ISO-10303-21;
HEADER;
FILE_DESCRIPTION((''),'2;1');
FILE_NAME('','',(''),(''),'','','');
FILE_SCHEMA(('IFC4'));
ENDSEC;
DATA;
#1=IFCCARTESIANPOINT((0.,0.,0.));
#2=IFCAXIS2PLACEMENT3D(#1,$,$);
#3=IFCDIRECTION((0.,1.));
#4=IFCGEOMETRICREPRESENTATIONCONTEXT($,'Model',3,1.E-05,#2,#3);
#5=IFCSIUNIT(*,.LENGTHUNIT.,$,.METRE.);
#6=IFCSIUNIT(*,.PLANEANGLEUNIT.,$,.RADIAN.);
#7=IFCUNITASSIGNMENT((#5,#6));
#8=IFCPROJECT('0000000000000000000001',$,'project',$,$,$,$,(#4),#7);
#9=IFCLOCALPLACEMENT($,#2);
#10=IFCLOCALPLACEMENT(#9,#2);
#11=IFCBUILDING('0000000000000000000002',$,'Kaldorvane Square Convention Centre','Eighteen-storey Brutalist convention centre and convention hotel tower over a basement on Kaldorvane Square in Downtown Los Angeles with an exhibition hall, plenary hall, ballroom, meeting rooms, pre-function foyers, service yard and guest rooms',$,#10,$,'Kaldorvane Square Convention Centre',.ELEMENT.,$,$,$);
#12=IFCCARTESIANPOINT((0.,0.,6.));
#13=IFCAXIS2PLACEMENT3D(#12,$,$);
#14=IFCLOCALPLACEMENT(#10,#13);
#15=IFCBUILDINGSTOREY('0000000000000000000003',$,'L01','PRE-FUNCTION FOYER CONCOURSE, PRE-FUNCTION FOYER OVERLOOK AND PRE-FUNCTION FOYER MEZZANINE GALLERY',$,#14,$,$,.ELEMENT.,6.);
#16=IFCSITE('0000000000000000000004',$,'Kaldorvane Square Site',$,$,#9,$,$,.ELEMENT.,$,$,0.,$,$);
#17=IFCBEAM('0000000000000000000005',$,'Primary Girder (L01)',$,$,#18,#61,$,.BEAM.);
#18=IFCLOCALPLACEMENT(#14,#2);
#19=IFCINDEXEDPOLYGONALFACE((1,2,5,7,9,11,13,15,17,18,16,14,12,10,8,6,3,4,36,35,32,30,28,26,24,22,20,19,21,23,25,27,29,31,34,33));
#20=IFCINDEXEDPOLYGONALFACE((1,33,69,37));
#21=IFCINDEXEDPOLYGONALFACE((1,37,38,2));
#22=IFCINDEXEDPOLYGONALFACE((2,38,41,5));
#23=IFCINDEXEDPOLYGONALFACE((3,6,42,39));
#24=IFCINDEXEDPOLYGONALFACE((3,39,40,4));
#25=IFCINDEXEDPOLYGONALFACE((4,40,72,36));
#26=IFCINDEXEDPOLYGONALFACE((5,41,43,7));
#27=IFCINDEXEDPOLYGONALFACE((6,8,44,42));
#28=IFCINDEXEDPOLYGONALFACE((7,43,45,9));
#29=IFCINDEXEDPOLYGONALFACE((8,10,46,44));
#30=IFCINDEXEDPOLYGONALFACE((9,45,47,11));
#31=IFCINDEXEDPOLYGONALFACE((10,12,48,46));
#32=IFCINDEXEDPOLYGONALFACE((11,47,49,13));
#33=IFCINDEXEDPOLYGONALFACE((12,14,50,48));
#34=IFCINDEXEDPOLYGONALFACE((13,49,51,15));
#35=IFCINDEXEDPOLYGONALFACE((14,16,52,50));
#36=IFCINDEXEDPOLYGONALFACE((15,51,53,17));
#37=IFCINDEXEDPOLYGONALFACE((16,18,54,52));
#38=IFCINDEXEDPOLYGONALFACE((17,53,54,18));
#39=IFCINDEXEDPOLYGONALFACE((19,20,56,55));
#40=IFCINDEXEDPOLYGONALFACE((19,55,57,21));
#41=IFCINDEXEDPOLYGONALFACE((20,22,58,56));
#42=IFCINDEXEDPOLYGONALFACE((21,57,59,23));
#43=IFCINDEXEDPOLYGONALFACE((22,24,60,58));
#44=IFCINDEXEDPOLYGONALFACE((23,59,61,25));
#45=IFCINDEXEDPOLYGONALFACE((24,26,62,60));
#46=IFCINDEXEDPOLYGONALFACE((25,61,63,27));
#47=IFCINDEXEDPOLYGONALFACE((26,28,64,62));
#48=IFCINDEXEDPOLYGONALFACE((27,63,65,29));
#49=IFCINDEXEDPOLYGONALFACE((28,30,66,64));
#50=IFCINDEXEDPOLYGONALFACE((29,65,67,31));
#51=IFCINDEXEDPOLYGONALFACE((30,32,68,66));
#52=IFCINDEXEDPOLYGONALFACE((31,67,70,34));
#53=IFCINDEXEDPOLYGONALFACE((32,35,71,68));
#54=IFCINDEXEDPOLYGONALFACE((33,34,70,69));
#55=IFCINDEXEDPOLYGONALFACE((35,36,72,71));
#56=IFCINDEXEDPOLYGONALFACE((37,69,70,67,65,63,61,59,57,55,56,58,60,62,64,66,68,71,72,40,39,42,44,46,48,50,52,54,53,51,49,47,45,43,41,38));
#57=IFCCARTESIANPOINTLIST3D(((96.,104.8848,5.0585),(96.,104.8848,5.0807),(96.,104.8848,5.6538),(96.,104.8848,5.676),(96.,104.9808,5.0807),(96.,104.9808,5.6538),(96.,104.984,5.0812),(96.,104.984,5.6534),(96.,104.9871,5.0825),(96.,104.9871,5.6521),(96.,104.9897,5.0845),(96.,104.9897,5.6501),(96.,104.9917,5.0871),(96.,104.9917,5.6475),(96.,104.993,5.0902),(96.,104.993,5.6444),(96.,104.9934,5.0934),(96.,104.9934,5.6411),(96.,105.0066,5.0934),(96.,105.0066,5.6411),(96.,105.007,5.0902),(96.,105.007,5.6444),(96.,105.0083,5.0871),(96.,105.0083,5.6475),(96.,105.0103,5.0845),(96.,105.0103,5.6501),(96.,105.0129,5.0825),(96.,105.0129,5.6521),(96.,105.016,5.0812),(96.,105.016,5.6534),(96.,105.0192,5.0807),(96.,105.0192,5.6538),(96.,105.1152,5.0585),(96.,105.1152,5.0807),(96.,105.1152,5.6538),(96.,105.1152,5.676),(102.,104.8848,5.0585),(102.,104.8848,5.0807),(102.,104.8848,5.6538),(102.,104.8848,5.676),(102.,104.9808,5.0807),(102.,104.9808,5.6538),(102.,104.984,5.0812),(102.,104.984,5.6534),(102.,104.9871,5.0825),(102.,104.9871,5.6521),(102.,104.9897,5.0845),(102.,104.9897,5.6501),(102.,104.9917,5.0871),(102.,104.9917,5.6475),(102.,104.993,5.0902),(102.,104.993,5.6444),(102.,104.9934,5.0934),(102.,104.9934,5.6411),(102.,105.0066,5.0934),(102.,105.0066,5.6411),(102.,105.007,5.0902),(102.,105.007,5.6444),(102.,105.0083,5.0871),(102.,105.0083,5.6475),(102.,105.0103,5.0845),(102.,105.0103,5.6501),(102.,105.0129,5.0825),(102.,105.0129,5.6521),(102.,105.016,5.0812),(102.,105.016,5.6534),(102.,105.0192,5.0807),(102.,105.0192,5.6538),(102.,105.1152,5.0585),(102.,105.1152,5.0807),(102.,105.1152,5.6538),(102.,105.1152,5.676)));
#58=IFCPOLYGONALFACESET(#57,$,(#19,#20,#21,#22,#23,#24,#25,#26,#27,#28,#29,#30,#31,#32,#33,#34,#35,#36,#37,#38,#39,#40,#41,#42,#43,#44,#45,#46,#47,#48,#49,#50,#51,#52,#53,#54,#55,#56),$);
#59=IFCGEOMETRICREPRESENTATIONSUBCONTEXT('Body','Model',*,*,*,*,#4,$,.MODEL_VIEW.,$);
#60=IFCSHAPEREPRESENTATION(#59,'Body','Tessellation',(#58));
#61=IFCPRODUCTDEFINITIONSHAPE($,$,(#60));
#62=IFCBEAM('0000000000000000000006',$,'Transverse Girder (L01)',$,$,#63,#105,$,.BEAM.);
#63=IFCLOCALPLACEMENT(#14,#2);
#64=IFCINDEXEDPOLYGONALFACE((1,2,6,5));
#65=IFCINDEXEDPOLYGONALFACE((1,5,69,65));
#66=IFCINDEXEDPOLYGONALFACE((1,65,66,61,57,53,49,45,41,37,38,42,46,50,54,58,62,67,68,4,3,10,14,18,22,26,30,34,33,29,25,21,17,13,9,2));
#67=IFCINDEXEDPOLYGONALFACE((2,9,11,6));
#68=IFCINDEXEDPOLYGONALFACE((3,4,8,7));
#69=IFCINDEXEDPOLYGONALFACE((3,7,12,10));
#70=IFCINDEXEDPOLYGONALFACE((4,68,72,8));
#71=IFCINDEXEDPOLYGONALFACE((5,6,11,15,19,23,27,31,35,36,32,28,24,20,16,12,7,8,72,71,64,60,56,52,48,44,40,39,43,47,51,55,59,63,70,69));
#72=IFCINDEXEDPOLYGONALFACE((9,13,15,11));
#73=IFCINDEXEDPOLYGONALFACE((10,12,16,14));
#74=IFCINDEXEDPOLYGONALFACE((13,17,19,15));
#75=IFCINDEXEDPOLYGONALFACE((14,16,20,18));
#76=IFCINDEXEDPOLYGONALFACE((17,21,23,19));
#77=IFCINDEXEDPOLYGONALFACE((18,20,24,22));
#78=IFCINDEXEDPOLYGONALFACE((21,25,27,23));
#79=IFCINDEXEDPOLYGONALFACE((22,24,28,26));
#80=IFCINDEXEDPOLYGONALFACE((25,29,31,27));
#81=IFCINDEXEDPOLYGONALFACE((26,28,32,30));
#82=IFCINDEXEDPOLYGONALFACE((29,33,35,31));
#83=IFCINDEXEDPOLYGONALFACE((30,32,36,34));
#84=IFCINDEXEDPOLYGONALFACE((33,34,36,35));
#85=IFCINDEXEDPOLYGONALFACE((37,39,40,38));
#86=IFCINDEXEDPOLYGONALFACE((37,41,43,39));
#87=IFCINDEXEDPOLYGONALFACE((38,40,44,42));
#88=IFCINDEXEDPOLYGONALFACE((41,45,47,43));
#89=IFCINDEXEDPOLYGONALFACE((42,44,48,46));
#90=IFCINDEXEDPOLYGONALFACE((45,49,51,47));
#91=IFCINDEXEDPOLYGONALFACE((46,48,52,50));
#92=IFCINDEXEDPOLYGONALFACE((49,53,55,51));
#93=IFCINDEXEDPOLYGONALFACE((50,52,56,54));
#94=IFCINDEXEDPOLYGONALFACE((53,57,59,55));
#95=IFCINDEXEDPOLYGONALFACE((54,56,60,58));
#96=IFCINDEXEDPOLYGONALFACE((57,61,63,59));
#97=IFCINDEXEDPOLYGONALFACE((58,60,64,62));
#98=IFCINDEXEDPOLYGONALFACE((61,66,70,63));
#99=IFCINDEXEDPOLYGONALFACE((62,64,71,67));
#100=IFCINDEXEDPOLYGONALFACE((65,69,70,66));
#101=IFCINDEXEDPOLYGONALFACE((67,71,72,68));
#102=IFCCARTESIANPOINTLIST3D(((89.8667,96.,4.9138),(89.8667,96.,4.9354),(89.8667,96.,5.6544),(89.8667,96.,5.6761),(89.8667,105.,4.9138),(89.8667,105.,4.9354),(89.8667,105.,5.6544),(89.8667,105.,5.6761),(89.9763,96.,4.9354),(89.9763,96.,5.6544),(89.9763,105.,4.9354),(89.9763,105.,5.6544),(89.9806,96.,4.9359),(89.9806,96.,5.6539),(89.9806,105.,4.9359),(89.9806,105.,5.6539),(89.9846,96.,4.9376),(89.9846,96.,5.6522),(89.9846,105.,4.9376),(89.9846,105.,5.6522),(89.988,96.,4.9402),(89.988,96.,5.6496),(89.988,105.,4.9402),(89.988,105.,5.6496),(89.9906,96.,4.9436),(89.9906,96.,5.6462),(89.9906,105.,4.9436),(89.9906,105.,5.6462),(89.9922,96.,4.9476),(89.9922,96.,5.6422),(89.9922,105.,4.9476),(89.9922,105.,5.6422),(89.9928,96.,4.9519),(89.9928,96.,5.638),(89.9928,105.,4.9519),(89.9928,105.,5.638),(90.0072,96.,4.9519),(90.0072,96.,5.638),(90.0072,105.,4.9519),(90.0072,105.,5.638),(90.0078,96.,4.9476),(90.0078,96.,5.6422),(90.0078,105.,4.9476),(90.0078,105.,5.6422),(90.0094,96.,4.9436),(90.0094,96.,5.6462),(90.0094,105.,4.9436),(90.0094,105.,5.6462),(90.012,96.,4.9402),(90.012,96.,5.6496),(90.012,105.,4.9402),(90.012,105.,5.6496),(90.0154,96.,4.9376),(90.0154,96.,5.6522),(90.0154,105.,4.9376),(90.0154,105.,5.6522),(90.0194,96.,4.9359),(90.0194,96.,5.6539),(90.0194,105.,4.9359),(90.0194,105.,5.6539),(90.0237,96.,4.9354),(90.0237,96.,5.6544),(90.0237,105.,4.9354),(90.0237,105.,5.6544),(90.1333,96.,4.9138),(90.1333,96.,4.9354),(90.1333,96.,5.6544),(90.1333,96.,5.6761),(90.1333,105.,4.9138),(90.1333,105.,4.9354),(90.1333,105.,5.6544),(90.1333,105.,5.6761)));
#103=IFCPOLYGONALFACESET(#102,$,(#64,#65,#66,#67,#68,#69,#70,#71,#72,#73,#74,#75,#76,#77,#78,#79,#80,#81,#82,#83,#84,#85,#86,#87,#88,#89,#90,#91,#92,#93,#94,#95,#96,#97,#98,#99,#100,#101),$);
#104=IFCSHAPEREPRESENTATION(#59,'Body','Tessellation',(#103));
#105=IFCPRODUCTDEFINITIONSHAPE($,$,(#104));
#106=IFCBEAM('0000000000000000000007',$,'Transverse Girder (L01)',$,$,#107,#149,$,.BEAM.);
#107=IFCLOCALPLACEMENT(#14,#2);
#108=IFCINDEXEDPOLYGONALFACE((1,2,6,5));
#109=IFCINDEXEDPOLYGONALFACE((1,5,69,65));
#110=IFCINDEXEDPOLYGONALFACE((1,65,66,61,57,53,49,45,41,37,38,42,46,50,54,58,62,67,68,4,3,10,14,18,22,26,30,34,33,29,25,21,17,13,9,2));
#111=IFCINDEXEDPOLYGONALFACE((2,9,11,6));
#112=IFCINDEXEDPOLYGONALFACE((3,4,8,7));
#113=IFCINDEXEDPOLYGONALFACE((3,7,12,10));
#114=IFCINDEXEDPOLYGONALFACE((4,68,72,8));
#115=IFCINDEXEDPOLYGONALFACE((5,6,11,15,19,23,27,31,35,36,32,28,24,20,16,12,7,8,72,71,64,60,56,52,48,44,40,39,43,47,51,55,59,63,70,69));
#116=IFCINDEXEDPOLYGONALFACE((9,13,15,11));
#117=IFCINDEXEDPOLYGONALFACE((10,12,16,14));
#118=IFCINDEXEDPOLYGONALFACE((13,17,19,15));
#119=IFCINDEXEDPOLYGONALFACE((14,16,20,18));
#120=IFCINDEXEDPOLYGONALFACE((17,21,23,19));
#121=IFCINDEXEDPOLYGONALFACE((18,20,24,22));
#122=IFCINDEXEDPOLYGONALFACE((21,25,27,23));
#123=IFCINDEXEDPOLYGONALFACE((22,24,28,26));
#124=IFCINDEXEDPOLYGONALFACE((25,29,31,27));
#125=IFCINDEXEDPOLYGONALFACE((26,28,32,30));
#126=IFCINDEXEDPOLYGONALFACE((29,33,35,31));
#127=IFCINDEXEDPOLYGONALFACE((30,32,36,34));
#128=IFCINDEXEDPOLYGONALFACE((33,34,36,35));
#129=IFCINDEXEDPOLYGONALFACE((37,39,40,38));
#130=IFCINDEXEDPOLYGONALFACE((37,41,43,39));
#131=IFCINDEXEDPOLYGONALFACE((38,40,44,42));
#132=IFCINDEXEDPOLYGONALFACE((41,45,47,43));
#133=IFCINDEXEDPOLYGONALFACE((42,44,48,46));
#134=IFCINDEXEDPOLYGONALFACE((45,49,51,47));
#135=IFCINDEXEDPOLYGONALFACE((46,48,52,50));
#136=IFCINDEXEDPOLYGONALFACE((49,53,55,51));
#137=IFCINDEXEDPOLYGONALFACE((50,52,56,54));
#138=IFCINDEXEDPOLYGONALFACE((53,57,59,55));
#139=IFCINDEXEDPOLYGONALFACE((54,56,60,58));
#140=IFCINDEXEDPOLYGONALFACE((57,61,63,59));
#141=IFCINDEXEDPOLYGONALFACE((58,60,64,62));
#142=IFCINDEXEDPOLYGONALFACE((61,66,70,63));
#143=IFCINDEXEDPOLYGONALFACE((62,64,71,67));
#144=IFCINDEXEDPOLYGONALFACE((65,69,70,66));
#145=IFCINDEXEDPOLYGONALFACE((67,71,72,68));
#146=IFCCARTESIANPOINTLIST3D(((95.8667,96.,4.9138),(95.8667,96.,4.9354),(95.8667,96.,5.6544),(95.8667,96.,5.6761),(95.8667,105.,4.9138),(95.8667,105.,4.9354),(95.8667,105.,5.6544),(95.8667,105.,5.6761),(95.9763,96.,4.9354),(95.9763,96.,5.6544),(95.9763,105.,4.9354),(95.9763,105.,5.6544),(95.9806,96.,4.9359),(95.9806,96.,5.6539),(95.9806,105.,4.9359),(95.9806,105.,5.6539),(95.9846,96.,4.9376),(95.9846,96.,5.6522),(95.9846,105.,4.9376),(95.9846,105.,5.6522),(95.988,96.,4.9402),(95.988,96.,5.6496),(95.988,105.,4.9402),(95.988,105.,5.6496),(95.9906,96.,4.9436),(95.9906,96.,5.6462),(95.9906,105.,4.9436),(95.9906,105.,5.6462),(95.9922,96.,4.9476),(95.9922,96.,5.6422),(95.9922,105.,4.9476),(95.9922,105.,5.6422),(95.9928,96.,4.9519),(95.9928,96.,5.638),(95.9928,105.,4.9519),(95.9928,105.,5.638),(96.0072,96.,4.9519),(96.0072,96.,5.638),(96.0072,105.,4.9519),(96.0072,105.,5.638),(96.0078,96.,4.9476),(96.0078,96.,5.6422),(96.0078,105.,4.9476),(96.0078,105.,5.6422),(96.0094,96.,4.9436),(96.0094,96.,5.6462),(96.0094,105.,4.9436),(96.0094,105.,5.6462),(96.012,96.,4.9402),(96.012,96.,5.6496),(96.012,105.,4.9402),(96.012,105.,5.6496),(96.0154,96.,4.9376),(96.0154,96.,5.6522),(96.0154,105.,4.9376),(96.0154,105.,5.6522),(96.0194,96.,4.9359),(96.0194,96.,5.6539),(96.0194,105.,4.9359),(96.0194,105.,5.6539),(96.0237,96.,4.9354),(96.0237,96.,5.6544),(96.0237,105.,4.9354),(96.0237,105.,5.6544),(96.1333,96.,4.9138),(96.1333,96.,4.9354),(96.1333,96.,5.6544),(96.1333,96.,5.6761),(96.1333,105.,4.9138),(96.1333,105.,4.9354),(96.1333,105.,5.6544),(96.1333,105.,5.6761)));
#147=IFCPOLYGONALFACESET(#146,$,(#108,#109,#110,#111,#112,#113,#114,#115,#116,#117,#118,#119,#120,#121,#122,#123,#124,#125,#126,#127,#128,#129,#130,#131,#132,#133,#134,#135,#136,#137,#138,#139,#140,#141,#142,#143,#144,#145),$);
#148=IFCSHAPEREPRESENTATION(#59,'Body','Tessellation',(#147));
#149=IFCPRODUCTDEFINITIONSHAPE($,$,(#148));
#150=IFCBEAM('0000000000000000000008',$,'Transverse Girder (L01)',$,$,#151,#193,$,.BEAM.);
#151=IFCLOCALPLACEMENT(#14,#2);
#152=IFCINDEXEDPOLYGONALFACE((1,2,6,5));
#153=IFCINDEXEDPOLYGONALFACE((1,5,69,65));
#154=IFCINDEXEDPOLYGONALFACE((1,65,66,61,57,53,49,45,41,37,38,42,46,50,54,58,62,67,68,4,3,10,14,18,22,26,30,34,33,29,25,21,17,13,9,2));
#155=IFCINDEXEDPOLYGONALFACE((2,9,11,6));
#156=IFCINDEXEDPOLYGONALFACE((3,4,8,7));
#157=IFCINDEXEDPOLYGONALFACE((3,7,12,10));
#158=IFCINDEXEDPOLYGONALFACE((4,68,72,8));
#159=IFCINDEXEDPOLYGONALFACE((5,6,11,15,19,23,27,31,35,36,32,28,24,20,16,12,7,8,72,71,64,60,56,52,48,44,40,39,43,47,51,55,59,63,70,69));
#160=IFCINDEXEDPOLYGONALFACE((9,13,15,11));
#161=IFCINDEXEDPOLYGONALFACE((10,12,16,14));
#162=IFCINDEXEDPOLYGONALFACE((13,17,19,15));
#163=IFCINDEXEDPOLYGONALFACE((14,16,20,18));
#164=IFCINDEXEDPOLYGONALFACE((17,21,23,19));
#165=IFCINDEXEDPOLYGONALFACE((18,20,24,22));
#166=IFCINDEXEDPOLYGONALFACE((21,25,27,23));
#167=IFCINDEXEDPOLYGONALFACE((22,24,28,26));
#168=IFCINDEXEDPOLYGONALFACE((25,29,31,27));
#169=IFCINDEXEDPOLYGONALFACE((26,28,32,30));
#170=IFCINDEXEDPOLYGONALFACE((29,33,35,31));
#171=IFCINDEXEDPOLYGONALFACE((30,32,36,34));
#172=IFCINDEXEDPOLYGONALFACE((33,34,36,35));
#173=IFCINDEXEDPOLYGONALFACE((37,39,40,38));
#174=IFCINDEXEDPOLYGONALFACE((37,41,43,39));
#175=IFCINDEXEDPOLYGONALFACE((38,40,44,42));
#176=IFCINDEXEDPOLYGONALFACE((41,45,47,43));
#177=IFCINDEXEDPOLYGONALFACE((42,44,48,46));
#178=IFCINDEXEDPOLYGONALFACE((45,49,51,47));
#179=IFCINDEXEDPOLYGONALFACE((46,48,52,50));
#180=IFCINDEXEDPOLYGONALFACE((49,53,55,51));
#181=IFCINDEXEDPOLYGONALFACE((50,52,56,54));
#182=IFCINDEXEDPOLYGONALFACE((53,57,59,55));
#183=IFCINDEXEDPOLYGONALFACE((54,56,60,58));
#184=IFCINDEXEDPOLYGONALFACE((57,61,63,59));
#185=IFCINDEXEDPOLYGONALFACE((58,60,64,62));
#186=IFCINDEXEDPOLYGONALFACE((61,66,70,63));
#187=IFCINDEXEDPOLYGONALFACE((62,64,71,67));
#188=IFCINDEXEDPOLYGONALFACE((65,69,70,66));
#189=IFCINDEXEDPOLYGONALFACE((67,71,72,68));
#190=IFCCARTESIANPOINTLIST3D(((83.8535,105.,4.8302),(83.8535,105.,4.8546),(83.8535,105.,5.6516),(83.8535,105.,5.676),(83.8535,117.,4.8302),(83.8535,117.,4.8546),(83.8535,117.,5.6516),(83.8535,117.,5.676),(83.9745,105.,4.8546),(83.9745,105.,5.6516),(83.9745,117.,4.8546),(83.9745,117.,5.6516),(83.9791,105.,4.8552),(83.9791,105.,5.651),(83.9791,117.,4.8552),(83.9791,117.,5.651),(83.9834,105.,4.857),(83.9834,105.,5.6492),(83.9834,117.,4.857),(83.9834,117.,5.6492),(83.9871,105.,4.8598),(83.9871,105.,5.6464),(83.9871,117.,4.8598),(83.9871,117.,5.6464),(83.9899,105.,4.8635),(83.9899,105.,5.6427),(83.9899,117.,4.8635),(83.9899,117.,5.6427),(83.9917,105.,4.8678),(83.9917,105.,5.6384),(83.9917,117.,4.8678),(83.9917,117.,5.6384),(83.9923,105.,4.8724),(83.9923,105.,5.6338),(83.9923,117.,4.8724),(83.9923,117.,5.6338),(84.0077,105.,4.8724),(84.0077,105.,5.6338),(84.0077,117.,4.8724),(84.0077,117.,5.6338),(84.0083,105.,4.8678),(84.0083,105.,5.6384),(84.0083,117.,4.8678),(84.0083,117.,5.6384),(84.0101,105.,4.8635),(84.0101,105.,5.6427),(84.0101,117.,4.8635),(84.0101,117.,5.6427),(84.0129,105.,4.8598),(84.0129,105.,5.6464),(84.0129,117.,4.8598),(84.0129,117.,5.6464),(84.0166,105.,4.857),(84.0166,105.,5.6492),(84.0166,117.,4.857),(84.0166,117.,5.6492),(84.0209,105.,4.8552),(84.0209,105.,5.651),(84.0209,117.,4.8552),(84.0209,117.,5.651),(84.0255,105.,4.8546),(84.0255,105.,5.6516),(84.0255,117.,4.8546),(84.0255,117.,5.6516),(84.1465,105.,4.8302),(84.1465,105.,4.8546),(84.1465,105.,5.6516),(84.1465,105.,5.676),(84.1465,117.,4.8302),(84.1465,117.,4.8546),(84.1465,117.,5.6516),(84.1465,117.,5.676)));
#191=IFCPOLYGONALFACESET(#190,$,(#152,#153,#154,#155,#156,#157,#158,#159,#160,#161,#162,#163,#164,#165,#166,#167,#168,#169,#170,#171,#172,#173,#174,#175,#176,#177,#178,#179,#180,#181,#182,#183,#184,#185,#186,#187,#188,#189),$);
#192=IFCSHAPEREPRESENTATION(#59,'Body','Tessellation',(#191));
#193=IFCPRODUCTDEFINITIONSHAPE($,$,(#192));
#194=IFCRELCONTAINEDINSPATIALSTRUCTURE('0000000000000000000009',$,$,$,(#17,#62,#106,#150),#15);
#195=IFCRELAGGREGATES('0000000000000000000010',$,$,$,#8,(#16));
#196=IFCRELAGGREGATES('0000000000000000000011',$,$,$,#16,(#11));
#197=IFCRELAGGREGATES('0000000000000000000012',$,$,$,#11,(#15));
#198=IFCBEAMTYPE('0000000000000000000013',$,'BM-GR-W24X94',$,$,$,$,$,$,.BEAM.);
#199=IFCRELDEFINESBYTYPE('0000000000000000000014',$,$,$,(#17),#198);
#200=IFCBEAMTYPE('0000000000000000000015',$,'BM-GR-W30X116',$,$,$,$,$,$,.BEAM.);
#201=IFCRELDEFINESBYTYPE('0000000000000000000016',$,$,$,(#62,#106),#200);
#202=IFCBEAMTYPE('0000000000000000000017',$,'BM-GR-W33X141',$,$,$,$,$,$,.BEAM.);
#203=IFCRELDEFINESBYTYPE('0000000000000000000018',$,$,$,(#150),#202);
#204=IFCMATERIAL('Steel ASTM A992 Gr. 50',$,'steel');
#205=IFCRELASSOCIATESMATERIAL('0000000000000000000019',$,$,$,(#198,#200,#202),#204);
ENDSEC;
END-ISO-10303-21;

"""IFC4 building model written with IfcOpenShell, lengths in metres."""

from ifc_helpers import new_model, si_unit, direction, frame, origin, origin_2d, place, context, subcontext, project, spatial, i_section, extrude, material, material_profile, profile_set, type_object, element, save


model = new_model("IFC4")

# Units and contexts
model_context = context("Model", 3, precision=1e-05, world=origin(), true_north=direction((0.0, 1.0)))
body_context = subcontext(model_context, "Body", "Model", "MODEL_VIEW")
ifc_project = project(units=[si_unit("LENGTHUNIT", "METRE"), si_unit("PLANEANGLEUNIT", "RADIAN")], contexts=[model_context])

# Site, building, storey
site_placement = place(None, origin())
site = spatial("IfcSite", under=ifc_project, at=site_placement, Name="Kaldorvane Square Site", CompositionType="ELEMENT", RefElevation=0.0)
building_placement = place(site_placement, origin())
building = spatial("IfcBuilding", under=site, at=building_placement, Name="Kaldorvane Square Convention Centre", Description="Eighteen-storey Brutalist convention centre and convention hotel tower over a basement on Kaldorvane Square in Downtown Los Angeles with an exhibition hall, plenary hall, ballroom, meeting rooms, pre-function foyers, service yard and guest rooms", LongName="Kaldorvane Square Convention Centre", CompositionType="ELEMENT")
storey_placement = place(building_placement, frame((0.0, 0.0, 6.0)))
storey = spatial("IfcBuildingStorey", under=building, at=storey_placement, Name="L01", Description="PRE-FUNCTION FOYER CONCOURSE, PRE-FUNCTION FOYER OVERLOOK AND PRE-FUNCTION FOYER MEZZANINE GALLERY", CompositionType="ELEMENT", Elevation=6.0)

# Shared definitions
ifc_material_1 = material(Name="Steel ASTM A992 Gr. 50", Category="steel")

# Beams
ifc_material_profile_1 = material_profile(ifc_material_1, i_section(OverallWidth=0.2303, OverallDepth=0.6175, WebThickness=0.0131, FlangeThickness=0.0222, FilletRadius=0.0127, at=origin_2d()), Name="W24X94")
ifc_profile_set_1 = profile_set([ifc_material_profile_1], Name="Steel ASTM A992 Gr. 50")
beam_type_1 = type_object("IfcBeamType", Name="BM-GR-W24X94", PredefinedType="BEAM", material=ifc_profile_set_1)
for number, where, z_axis, x_axis, name in (
    (1, (96.0, 105.0, 5.3673), (1.0, 0.0, 0.0), (0.0, 1.0, 0.0), "Primary Girder (L01)"),
):
    element("IfcBeam", number, at=place(storey_placement, frame(where, z_axis=z_axis, x_axis=x_axis)), inside=storey, type_object=beam_type_1, Name=name, PredefinedType="BEAM", context=body_context, shape_type="SweptSolid", body=[
        extrude(i_section(OverallWidth=0.2303, OverallDepth=0.6175, WebThickness=0.0131, FlangeThickness=0.0222, FilletRadius=0.0127, at=origin_2d()), origin(), (0.0, 0.0, 1.0), 6.0),
    ])
ifc_material_profile_2 = material_profile(ifc_material_1, i_section(OverallWidth=0.2666, OverallDepth=0.7623, WebThickness=0.0144, FlangeThickness=0.0216, FilletRadius=0.0165, at=origin_2d()), Name="W30X116")
ifc_profile_set_2 = profile_set([ifc_material_profile_2], Name="Steel ASTM A992 Gr. 50")
beam_type_2 = type_object("IfcBeamType", Name="BM-GR-W30X116", PredefinedType="BEAM", material=ifc_profile_set_2)
for number, where, z_axis, x_axis, name in (
    (2, (90.0, 96.0, 5.2949), (0.0, 1.0, 0.0), (-1.0, 0.0, 0.0), "Transverse Girder (L01)"),
    (3, (96.0, 96.0, 5.2949), (0.0, 1.0, 0.0), (-1.0, 0.0, 0.0), "Transverse Girder (L01)"),
):
    element("IfcBeam", number, at=place(storey_placement, frame(where, z_axis=z_axis, x_axis=x_axis)), inside=storey, type_object=beam_type_2, Name=name, PredefinedType="BEAM", context=body_context, shape_type="SweptSolid", body=[
        extrude(i_section(OverallWidth=0.2666, OverallDepth=0.7623, WebThickness=0.0144, FlangeThickness=0.0216, FilletRadius=0.0165, at=origin_2d()), origin(), (0.0, 0.0, 1.0), 9.0),
    ])
ifc_material_profile_3 = material_profile(ifc_material_1, i_section(OverallWidth=0.293, OverallDepth=0.8458, WebThickness=0.0154, FlangeThickness=0.0244, FilletRadius=0.0178, at=origin_2d()), Name="W33X141")
ifc_profile_set_3 = profile_set([ifc_material_profile_3], Name="Steel ASTM A992 Gr. 50")
beam_type_3 = type_object("IfcBeamType", Name="BM-GR-W33X141", PredefinedType="BEAM", material=ifc_profile_set_3)
for number, where, z_axis, x_axis, name in (
    (4, (84.0, 105.0, 5.2531), (0.0, 1.0, 0.0), (-1.0, 0.0, 0.0), "Transverse Girder (L01)"),
):
    element("IfcBeam", number, at=place(storey_placement, frame(where, z_axis=z_axis, x_axis=x_axis)), inside=storey, type_object=beam_type_3, Name=name, PredefinedType="BEAM", context=body_context, shape_type="SweptSolid", body=[
        extrude(i_section(OverallWidth=0.293, OverallDepth=0.8458, WebThickness=0.0154, FlangeThickness=0.0244, FilletRadius=0.0178, at=origin_2d()), origin(), (0.0, 0.0, 1.0), 12.0),
    ])

save(model, "model.ifc")
